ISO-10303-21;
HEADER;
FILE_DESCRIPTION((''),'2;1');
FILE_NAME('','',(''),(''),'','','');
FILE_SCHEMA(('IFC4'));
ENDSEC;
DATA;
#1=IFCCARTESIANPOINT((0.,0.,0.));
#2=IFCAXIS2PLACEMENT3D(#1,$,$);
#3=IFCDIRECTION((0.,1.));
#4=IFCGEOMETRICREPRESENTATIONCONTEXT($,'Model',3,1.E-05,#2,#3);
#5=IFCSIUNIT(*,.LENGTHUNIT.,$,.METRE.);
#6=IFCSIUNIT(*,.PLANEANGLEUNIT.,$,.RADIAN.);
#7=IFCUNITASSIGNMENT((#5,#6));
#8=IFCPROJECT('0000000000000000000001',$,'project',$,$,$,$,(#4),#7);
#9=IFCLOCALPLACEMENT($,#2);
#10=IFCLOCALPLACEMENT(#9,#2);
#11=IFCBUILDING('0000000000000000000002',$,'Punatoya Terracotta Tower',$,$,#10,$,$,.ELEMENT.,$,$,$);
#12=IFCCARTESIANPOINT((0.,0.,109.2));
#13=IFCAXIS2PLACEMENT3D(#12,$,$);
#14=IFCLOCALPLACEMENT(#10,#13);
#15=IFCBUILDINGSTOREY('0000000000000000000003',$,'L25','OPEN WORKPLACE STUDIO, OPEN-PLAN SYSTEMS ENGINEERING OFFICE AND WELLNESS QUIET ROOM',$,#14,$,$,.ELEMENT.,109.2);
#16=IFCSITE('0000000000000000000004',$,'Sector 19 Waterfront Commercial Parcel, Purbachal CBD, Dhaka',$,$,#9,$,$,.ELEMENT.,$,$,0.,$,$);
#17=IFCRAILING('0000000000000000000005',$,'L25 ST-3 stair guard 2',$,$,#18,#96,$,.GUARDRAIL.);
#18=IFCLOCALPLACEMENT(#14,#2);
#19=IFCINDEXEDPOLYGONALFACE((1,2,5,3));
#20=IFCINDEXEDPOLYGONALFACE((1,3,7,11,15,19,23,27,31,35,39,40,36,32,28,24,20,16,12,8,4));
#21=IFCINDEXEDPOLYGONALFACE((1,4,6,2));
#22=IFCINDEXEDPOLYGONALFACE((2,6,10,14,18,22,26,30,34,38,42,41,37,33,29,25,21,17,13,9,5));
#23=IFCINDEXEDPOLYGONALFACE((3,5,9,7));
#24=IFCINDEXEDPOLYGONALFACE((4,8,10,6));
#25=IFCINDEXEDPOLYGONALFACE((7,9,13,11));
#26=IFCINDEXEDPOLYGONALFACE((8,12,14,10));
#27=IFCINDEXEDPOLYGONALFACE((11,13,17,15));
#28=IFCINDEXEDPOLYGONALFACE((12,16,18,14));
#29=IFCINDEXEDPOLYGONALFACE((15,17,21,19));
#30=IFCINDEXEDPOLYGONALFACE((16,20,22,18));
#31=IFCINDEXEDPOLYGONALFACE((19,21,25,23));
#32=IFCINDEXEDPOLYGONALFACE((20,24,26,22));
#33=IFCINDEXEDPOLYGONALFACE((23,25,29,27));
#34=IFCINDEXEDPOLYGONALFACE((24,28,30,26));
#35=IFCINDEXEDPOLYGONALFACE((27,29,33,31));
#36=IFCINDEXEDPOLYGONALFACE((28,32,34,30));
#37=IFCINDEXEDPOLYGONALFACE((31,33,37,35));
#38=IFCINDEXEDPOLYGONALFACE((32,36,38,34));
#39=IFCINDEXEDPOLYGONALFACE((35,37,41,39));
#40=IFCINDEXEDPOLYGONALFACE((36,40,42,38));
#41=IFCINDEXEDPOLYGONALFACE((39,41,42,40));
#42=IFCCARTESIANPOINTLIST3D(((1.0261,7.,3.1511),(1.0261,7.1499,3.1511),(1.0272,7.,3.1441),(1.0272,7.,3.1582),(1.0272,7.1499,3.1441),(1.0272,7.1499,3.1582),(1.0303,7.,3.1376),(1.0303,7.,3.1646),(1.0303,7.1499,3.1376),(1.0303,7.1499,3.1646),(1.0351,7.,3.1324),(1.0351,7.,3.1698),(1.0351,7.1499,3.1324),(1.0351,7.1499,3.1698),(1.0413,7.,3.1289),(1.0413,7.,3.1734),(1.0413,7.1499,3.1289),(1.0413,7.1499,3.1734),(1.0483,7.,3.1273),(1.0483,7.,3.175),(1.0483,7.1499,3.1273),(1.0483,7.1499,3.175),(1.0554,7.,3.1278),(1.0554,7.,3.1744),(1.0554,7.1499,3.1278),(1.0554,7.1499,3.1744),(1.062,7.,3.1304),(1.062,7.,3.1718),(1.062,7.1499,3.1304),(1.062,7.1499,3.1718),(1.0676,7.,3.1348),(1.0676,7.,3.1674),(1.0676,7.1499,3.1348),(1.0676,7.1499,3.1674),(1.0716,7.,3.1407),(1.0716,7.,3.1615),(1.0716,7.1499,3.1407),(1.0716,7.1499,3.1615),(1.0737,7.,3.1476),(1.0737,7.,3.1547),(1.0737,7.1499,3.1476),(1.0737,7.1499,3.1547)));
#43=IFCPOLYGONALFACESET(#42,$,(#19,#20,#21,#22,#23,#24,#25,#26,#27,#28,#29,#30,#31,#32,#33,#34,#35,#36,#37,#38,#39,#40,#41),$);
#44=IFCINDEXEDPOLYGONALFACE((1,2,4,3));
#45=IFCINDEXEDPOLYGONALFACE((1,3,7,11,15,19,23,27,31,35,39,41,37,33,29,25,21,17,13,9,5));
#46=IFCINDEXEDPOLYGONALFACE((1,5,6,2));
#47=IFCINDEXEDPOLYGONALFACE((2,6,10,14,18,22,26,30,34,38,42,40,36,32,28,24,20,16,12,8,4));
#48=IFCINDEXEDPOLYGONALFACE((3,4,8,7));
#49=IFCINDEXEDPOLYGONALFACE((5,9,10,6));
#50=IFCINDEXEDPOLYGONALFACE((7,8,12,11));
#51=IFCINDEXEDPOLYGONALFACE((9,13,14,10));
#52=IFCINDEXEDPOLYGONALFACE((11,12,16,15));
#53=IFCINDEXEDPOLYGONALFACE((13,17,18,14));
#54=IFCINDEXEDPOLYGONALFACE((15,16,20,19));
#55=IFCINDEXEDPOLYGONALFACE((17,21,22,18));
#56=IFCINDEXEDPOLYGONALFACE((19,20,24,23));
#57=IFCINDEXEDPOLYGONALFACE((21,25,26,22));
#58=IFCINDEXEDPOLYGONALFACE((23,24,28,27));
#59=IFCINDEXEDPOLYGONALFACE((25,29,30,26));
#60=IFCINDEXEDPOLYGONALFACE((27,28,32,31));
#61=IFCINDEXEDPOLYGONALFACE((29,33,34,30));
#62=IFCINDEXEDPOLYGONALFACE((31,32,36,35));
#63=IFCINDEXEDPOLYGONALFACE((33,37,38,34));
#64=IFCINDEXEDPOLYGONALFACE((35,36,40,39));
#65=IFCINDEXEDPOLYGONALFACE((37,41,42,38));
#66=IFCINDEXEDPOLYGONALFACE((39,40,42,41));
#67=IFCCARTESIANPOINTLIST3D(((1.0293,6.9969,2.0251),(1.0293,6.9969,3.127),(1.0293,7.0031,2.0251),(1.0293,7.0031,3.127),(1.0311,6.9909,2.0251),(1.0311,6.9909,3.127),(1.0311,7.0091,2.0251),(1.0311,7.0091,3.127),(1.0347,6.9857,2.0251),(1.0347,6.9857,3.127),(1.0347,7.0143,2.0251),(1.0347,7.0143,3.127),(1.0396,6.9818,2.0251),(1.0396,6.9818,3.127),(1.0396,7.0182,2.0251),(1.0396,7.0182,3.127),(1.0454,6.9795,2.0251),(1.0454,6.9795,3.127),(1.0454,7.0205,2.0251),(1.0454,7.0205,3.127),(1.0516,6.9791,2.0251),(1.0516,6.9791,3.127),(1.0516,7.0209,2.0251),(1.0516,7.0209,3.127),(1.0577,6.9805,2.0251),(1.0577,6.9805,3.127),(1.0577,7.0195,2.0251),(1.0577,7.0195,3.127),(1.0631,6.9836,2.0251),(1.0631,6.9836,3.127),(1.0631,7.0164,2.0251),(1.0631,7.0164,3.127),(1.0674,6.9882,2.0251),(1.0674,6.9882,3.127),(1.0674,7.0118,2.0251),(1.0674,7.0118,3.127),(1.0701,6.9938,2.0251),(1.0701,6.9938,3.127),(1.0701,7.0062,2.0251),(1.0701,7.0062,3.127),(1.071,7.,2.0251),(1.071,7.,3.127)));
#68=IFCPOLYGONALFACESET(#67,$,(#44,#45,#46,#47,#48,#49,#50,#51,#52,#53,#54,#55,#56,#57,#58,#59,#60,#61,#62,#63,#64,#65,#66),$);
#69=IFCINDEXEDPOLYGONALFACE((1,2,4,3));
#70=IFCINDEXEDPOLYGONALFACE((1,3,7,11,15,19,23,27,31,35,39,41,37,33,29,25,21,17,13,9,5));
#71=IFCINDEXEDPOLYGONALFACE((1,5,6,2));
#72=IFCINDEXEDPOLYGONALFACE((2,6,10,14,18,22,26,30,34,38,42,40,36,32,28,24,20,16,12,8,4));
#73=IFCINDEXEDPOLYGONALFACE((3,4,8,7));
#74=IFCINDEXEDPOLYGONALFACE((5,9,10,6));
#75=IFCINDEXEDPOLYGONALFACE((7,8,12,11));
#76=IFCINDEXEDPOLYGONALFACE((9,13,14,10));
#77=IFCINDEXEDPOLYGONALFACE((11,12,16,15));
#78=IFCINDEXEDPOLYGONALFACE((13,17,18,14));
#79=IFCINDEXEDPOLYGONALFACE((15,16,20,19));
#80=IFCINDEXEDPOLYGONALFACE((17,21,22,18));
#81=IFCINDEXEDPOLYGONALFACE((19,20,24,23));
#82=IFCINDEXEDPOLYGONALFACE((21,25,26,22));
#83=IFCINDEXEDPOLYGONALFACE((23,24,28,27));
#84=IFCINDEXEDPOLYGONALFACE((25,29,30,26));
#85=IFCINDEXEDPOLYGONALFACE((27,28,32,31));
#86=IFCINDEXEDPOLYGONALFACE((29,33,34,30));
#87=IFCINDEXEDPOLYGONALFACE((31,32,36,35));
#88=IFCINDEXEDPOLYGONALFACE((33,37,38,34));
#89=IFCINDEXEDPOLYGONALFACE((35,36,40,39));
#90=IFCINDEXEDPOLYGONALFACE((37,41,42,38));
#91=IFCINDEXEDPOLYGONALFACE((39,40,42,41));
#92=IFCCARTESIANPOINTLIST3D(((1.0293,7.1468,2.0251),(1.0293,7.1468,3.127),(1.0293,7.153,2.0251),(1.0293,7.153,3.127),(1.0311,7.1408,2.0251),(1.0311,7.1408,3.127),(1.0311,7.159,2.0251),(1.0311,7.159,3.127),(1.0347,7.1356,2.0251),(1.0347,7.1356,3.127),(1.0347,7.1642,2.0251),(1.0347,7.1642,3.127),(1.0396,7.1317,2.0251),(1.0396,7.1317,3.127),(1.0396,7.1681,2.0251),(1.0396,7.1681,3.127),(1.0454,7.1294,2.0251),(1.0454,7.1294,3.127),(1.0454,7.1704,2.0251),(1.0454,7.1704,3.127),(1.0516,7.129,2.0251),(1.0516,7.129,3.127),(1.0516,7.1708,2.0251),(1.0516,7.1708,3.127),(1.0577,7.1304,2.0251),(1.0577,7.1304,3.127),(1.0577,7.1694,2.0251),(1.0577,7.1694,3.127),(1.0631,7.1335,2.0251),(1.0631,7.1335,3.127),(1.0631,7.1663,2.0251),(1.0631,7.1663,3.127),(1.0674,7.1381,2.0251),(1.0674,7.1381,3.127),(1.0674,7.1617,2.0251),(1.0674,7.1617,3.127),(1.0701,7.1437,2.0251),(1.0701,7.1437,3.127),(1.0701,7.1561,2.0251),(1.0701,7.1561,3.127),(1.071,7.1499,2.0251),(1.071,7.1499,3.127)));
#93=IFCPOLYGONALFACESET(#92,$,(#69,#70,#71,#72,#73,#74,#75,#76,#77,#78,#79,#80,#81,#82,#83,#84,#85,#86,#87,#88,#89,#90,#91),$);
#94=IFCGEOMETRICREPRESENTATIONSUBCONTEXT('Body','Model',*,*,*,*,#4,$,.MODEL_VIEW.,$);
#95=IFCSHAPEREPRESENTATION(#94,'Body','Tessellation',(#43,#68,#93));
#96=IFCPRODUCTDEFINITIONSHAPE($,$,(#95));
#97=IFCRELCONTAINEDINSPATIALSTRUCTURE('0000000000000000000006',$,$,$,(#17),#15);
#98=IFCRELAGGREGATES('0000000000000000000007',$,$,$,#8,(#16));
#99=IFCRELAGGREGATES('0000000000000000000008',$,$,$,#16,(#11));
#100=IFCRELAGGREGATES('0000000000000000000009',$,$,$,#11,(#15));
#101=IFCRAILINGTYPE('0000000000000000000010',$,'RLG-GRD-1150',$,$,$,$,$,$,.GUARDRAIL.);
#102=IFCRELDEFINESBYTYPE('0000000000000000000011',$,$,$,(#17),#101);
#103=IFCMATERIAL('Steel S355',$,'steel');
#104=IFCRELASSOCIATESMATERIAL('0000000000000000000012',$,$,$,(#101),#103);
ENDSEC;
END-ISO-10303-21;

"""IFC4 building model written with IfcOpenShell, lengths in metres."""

from ifc_helpers import new_model, si_unit, direction, frame, origin, origin_2d, place, context, subcontext, project, spatial, circle, extrude, material, type_object, element, save


model = new_model("IFC4")

# Units and contexts
model_context = context("Model", 3, precision=1e-05, world=origin(), true_north=direction((0.0, 1.0)))
body_context = subcontext(model_context, "Body", "Model", "MODEL_VIEW")
ifc_project = project(units=[si_unit("LENGTHUNIT", "METRE"), si_unit("PLANEANGLEUNIT", "RADIAN")], contexts=[model_context])

# Site, building, storey
site_placement = place(None, origin())
site = spatial("IfcSite", under=ifc_project, at=site_placement, Name="Sector 19 Waterfront Commercial Parcel, Purbachal CBD, Dhaka", CompositionType="ELEMENT", RefElevation=0.0)
building_placement = place(site_placement, origin())
building = spatial("IfcBuilding", under=site, at=building_placement, Name="Punatoya Terracotta Tower", CompositionType="ELEMENT")
storey_placement = place(building_placement, frame((0.0, 0.0, 109.2)))
storey = spatial("IfcBuildingStorey", under=building, at=storey_placement, Name="L25", Description="OPEN WORKPLACE STUDIO, OPEN-PLAN SYSTEMS ENGINEERING OFFICE AND WELLNESS QUIET ROOM", CompositionType="ELEMENT", Elevation=109.2)

# Shared definitions
ifc_material_1 = material(Name="Steel S355", Category="steel")

# Railing
railing_type_1 = type_object("IfcRailingType", Name="RLG-GRD-1150", PredefinedType="GUARDRAIL", material=ifc_material_1)
railing_1_placement = place(storey_placement, frame((1.05, 7.0, 2.0251)))
element("IfcRailing", 1, at=railing_1_placement, inside=storey, type_object=railing_type_1, Name="L25 ST-3 stair guard 2", PredefinedType="GUARDRAIL", context=body_context, shape_type="SweptSolid", body=[
    extrude(circle(Radius=0.0239, at=origin_2d()), frame((0.0, 0.0, 1.126), z_axis=(0.0, 1.0, 0.0), x_axis=(-1.0, 0.0, 0.0)), (0.0, 0.0, 1.0), 0.1499),
    extrude(circle(Radius=0.021, at=origin_2d()), origin(), (0.0, 0.0, 1.0), 1.1018),
    extrude(circle(Radius=0.021, at=origin_2d()), frame((0.0, 0.1499, 0.0)), (0.0, 0.0, 1.0), 1.1018),
])

save(model, "model.ifc")
